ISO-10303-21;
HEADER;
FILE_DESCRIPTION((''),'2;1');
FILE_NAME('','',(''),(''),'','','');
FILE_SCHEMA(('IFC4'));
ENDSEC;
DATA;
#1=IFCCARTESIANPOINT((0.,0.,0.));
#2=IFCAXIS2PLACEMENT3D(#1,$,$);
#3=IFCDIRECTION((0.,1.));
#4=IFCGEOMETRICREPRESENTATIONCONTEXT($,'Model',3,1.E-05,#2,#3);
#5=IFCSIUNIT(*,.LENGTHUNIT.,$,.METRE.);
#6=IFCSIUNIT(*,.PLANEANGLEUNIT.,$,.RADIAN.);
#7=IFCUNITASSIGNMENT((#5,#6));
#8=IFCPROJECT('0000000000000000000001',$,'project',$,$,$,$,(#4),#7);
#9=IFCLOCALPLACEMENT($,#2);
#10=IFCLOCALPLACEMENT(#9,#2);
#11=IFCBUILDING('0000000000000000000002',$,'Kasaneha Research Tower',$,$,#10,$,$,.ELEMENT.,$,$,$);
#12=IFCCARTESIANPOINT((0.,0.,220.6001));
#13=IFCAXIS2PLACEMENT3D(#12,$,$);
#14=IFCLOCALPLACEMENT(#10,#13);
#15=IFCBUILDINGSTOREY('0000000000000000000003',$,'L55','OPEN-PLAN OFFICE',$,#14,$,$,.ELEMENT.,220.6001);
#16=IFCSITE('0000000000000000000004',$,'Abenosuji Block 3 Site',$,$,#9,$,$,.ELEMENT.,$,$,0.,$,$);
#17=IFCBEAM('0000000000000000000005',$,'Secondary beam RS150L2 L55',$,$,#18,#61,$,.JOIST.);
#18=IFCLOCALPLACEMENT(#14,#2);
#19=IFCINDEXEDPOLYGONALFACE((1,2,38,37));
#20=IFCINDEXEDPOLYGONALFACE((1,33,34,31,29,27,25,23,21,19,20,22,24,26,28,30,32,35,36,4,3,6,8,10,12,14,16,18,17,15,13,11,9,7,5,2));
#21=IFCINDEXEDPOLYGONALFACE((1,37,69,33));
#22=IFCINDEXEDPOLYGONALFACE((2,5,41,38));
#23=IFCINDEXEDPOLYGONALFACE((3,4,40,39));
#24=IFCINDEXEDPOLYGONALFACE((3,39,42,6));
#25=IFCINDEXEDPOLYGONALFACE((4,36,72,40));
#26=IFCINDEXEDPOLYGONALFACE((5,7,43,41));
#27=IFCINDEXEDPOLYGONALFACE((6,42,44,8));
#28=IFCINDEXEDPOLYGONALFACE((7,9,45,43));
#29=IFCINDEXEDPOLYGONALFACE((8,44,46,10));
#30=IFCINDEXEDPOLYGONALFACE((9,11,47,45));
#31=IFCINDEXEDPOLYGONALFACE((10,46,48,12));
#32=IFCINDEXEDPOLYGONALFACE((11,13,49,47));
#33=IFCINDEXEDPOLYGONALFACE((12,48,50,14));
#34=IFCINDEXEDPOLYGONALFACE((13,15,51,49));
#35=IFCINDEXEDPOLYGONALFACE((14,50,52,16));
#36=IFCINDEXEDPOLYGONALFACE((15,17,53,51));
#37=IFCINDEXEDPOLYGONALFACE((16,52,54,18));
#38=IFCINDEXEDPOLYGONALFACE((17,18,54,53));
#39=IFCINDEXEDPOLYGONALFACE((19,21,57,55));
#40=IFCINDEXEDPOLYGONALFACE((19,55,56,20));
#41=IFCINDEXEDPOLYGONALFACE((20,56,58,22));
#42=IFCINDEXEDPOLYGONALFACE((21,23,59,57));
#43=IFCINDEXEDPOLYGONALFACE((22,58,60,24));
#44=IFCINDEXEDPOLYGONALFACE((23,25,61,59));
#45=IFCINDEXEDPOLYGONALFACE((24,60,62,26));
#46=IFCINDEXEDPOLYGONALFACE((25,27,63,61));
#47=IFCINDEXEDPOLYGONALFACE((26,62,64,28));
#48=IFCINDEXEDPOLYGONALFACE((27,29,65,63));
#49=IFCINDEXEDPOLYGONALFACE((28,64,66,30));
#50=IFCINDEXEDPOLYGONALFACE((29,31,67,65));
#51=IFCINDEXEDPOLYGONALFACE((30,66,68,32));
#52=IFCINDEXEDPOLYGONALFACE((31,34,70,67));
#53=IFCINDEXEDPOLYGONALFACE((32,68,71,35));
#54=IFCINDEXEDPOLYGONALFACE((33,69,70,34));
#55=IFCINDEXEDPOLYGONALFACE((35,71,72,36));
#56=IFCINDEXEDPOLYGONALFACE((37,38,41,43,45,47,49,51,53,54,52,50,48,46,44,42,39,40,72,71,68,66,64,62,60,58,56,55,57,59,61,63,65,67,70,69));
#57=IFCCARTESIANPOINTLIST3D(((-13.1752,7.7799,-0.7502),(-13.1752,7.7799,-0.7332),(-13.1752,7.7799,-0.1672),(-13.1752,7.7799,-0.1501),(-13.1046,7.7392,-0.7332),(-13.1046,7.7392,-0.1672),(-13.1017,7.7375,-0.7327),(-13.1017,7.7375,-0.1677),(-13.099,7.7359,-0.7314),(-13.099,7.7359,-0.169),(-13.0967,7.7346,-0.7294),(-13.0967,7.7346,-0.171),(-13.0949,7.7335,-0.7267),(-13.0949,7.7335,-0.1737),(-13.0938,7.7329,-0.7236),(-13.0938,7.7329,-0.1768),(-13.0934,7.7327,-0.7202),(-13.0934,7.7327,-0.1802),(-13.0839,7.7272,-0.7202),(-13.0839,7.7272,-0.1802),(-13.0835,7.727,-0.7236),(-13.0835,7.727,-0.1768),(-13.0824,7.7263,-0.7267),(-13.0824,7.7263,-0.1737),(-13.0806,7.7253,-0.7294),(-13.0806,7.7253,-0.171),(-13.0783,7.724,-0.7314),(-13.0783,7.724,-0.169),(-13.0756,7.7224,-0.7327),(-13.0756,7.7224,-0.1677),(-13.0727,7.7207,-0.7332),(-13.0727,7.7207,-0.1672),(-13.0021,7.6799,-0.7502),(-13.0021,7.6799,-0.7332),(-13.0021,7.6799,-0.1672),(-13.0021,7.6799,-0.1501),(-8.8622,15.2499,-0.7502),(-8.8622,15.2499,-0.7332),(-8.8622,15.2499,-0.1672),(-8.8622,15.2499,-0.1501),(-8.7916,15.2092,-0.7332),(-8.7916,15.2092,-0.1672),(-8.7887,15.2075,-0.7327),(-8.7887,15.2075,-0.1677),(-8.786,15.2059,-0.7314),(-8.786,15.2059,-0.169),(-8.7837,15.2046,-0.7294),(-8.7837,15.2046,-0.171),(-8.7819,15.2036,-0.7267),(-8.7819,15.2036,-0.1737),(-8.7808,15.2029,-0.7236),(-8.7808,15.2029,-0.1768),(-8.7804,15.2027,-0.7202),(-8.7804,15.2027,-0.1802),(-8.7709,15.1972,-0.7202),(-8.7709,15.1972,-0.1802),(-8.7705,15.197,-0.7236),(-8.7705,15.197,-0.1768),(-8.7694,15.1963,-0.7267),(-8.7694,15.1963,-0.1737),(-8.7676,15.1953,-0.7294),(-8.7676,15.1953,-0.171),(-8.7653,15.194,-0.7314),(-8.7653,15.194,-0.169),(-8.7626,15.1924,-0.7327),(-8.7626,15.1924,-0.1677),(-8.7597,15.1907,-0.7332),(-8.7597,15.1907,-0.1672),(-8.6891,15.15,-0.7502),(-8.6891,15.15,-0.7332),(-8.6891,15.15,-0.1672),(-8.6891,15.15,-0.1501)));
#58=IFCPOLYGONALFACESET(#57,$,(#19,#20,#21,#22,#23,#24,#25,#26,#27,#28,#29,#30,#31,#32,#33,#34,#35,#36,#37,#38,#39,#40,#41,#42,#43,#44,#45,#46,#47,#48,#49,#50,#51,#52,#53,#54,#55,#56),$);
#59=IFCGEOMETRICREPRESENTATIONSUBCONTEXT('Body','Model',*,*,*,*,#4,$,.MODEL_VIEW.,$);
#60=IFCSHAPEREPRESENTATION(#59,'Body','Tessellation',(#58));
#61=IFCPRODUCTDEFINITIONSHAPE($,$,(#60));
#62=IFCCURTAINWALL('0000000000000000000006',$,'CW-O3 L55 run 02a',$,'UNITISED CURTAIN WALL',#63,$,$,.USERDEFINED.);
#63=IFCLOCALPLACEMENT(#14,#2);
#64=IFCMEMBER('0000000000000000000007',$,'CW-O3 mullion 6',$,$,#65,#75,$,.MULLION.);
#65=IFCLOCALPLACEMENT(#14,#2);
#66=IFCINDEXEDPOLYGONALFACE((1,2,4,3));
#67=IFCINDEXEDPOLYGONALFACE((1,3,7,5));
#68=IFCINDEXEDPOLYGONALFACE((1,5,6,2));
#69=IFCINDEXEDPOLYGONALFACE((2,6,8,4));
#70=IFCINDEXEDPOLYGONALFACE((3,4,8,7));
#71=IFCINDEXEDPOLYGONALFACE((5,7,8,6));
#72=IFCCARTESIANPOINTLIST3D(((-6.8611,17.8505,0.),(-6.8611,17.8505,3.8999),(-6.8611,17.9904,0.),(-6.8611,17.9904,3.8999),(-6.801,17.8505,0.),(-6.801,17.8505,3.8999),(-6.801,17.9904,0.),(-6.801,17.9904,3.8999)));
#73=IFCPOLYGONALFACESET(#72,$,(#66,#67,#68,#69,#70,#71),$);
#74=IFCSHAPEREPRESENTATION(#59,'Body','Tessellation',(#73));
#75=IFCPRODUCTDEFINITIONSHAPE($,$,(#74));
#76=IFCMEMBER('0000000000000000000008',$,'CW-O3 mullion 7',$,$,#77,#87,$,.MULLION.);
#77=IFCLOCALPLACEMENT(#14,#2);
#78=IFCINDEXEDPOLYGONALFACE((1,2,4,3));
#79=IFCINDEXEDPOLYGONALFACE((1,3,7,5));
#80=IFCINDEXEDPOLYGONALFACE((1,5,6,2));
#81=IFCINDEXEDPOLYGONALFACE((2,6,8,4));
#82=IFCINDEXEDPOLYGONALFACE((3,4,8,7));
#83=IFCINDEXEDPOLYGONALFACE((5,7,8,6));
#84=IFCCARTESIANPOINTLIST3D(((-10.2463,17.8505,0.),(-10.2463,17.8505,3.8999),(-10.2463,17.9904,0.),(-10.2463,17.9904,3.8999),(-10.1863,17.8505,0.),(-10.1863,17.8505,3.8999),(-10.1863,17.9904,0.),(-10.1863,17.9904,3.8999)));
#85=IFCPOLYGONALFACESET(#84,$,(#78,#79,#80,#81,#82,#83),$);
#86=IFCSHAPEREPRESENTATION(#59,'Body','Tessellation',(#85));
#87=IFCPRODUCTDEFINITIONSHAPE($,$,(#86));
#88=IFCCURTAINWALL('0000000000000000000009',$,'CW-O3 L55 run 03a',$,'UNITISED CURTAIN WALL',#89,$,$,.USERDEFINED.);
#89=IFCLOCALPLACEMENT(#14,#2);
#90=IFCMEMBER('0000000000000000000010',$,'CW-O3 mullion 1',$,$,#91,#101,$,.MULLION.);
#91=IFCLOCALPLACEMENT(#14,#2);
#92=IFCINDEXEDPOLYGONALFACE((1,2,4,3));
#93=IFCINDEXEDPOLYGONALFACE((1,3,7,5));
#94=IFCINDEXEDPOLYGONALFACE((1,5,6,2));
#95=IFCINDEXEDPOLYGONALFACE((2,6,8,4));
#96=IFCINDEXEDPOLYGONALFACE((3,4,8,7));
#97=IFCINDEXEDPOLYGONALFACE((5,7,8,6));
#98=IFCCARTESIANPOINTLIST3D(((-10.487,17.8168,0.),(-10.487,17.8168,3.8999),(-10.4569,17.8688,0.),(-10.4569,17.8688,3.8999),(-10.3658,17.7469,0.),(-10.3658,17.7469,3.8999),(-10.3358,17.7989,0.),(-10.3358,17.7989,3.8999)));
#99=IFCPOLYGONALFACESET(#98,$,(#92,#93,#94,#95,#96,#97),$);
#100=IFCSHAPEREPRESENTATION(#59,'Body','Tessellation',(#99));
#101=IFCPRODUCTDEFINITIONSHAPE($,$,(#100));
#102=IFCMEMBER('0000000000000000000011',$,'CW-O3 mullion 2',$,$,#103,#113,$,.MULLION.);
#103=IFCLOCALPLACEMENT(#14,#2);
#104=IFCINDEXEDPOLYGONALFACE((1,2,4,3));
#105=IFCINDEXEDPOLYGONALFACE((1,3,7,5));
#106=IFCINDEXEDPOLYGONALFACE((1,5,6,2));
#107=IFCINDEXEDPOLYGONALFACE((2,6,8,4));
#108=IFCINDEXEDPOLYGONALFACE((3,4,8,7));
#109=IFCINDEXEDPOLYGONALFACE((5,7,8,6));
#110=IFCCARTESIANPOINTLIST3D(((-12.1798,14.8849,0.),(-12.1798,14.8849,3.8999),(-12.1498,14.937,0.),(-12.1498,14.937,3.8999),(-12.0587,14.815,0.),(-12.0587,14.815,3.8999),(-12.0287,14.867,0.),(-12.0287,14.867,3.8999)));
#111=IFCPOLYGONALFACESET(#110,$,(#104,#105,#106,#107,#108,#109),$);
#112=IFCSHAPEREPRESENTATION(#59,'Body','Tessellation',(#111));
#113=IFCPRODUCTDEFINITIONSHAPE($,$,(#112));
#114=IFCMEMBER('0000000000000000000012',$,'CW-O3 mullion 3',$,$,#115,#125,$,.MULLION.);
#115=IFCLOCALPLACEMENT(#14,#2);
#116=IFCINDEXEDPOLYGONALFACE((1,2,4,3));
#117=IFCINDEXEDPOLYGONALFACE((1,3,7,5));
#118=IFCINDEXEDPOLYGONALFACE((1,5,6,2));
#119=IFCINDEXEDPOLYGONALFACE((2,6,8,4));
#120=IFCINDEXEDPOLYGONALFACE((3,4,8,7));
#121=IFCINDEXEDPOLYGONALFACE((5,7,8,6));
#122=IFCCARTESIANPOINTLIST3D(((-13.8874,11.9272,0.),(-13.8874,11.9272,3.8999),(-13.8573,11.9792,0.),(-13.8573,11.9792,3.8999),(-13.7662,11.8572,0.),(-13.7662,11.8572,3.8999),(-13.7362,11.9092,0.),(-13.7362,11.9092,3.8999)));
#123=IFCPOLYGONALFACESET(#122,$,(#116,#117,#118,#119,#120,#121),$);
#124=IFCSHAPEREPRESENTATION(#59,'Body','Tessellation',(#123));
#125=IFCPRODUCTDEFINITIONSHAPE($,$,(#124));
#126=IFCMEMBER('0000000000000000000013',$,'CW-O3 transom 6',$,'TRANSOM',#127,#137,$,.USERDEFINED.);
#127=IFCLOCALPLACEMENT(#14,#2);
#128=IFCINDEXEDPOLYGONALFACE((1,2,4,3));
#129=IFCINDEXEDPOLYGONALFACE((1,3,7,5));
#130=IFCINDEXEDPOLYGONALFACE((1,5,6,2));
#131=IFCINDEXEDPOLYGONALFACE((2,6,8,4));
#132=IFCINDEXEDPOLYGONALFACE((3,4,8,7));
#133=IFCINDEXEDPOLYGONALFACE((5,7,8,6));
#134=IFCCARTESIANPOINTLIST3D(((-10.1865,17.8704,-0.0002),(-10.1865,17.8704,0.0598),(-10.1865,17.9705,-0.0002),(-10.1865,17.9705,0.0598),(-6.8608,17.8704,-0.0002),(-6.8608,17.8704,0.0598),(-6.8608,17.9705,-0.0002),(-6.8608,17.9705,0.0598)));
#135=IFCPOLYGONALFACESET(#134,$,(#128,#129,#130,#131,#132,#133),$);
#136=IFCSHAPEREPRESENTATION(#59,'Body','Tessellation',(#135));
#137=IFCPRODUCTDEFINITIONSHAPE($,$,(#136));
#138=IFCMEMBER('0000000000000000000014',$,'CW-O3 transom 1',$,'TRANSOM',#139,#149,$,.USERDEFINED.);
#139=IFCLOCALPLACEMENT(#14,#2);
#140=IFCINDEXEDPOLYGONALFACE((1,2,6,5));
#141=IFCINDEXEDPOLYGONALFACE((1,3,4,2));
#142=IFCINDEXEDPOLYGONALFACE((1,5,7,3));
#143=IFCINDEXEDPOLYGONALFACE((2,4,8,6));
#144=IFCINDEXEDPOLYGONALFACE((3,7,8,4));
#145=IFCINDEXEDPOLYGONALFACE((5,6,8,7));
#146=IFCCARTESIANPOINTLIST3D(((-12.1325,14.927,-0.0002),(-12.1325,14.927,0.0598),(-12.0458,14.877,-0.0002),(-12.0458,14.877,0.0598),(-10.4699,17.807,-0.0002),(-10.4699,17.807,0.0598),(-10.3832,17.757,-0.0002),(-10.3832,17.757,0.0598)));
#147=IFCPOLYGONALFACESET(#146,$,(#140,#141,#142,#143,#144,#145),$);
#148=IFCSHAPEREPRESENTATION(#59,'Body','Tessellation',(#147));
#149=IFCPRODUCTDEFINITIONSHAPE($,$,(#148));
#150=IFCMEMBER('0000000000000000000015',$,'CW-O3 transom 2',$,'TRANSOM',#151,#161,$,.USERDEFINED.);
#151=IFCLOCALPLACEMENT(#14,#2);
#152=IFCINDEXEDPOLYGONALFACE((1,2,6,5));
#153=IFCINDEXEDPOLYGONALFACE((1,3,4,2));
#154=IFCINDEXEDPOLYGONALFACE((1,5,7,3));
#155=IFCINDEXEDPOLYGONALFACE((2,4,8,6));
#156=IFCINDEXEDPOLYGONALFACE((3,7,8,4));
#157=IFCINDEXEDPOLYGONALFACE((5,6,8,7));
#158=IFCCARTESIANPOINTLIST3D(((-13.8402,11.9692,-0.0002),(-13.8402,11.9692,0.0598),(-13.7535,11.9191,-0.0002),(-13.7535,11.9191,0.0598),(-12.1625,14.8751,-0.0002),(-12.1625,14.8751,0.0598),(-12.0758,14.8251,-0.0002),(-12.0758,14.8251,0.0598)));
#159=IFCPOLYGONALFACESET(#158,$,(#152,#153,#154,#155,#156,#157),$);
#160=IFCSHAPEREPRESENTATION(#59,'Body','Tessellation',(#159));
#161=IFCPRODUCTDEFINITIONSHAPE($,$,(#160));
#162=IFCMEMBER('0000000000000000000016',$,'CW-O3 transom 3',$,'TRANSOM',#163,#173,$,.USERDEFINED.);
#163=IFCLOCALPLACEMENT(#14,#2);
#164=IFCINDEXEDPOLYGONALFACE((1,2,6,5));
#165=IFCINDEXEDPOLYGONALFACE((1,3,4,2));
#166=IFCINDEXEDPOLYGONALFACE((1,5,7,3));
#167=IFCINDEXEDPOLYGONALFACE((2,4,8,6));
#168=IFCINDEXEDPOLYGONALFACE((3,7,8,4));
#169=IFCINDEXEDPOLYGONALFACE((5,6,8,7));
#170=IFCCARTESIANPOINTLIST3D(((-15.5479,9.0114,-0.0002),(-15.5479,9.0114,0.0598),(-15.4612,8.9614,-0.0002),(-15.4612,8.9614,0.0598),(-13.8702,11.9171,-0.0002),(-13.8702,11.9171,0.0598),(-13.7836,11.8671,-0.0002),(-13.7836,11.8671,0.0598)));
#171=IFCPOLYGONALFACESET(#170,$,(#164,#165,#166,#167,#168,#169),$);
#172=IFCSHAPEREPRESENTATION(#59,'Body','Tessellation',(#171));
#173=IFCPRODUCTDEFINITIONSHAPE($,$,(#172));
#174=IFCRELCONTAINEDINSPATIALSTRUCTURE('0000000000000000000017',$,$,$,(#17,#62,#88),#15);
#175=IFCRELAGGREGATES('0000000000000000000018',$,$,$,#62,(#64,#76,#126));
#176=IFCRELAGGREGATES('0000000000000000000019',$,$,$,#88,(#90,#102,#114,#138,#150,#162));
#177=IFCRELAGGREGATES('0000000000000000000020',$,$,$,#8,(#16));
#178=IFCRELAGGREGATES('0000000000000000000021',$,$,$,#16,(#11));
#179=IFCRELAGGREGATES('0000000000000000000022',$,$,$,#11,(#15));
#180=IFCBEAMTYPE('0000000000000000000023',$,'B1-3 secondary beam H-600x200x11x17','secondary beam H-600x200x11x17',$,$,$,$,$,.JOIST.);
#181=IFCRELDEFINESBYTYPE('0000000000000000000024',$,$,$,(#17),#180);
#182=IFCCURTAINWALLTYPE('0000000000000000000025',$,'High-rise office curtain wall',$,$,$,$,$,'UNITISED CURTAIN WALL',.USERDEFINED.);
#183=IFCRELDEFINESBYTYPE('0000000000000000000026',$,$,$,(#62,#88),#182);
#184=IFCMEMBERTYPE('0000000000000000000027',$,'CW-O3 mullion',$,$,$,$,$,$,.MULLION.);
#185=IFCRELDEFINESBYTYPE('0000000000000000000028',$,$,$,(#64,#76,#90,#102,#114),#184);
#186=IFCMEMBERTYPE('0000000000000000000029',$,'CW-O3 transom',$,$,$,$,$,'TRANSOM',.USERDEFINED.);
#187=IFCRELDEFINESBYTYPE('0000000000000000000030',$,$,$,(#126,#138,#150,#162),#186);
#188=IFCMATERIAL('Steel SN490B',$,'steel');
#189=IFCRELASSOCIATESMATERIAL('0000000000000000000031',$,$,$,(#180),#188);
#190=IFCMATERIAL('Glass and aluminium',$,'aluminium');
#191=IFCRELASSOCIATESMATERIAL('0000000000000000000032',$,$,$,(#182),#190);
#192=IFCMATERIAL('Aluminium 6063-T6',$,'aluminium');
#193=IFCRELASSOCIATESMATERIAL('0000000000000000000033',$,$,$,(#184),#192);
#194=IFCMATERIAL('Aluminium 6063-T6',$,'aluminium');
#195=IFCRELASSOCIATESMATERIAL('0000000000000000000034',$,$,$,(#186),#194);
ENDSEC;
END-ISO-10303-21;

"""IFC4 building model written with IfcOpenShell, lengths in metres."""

from ifc_helpers import new_model, si_unit, direction, frame, origin, origin_2d, place, context, subcontext, project, spatial, rectangle, i_section, extrude, material, material_profile, profile_set, type_object, element, aggregate, save


model = new_model("IFC4")

# Units and contexts
model_context = context("Model", 3, precision=1e-05, world=origin(), true_north=direction((0.0, 1.0)))
body_context = subcontext(model_context, "Body", "Model", "MODEL_VIEW")
ifc_project = project(units=[si_unit("LENGTHUNIT", "METRE"), si_unit("PLANEANGLEUNIT", "RADIAN")], contexts=[model_context])

# Site, building, storey
site_placement = place(None, origin())
site = spatial("IfcSite", under=ifc_project, at=site_placement, Name="Abenosuji Block 3 Site", CompositionType="ELEMENT", RefElevation=0.0)
building_placement = place(site_placement, origin())
building = spatial("IfcBuilding", under=site, at=building_placement, Name="Kasaneha Research Tower", CompositionType="ELEMENT")
storey_placement = place(building_placement, frame((0.0, 0.0, 220.6001)))
storey = spatial("IfcBuildingStorey", under=building, at=storey_placement, Name="L55", Description="OPEN-PLAN OFFICE", CompositionType="ELEMENT", Elevation=220.6001)

# Beam
ifc_material_1 = material(Name="Steel SN490B", Category="steel")
ifc_material_profile_1 = material_profile(ifc_material_1, i_section(OverallWidth=0.2, OverallDepth=0.6001, WebThickness=0.011, FlangeThickness=0.0171, FilletRadius=0.0129, at=origin_2d()), Name="H-600x200x11x17")
ifc_profile_set_1 = profile_set([ifc_material_profile_1], Name="Steel SN490B")
beam_type_1 = type_object("IfcBeamType", Name="B1-3 secondary beam H-600x200x11x17", Description="secondary beam H-600x200x11x17", PredefinedType="JOIST", material=ifc_profile_set_1)
beam_1_placement = place(storey_placement, frame((-8.7756, 15.2, -0.4502), z_axis=(-0.500017, -0.866015, 0.0), x_axis=(0.866015, -0.500017, 0.0)))
element("IfcBeam", 1, at=beam_1_placement, inside=storey, type_object=beam_type_1, Name="Secondary beam RS150L2 L55", PredefinedType="JOIST", context=body_context, shape_type="SweptSolid", body=[
    extrude(i_section(OverallWidth=0.2, OverallDepth=0.6001, WebThickness=0.011, FlangeThickness=0.0171, FilletRadius=0.0129, at=origin_2d()), origin(), (0.0, 0.0, 1.0), 8.6257),
])

# Curtain walls, members
ifc_material_2 = material(Name="Glass and aluminium", Category="aluminium")
curtain_wall_type = type_object("IfcCurtainWallType", Name="High-rise office curtain wall", ElementType="UNITISED CURTAIN WALL", PredefinedType="USERDEFINED", material=ifc_material_2)
curtain_wall_1_placement = place(storey_placement, origin())
curtain_wall_1 = element("IfcCurtainWall", 2, at=curtain_wall_1_placement, inside=storey, type_object=curtain_wall_type, Name="CW-O3 L55 run 02a", ObjectType="UNITISED CURTAIN WALL", PredefinedType="USERDEFINED")
ifc_material_3 = material(Name="Aluminium 6063-T6", Category="aluminium")
ifc_material_profile_2 = material_profile(ifc_material_3, rectangle(XDim=0.0601, YDim=0.1399, at=origin_2d()), Name="CW-O3 mullion 60x140")
ifc_profile_set_2 = profile_set([ifc_material_profile_2], Name="Aluminium 6063-T6")
member_type_1 = type_object("IfcMemberType", Name="CW-O3 mullion", PredefinedType="MULLION", material=ifc_profile_set_2)
member_1_placement = place(storey_placement, frame((-6.8311, 17.9204, 0.0), z_axis=(0.0, 0.0, 1.0), x_axis=(-1.0, 0.0, 0.0)))
member_1 = element("IfcMember", 3, at=member_1_placement, type_object=member_type_1, Name="CW-O3 mullion 6", PredefinedType="MULLION", context=body_context, shape_type="SweptSolid", body=[
    extrude(rectangle(XDim=0.0601, YDim=0.1399, at=origin_2d()), origin(), (0.0, 0.0, 1.0), 3.8999),
])
member_2_placement = place(storey_placement, frame((-10.2163, 17.9204, 0.0), z_axis=(0.0, 0.0, 1.0), x_axis=(-1.0, 0.0, 0.0)))
member_2 = element("IfcMember", 4, at=member_2_placement, type_object=member_type_1, Name="CW-O3 mullion 7", PredefinedType="MULLION", context=body_context, shape_type="SweptSolid", body=[
    extrude(rectangle(XDim=0.0601, YDim=0.1399, at=origin_2d()), origin(), (0.0, 0.0, 1.0), 3.8999),
])
curtain_wall_2_placement = place(storey_placement, origin())
curtain_wall_2 = element("IfcCurtainWall", 5, at=curtain_wall_2_placement, inside=storey, type_object=curtain_wall_type, Name="CW-O3 L55 run 03a", ObjectType="UNITISED CURTAIN WALL", PredefinedType="USERDEFINED")
member_3_placement = place(storey_placement, frame((-10.4114, 17.8079, 0.0), z_axis=(0.0, 0.0, 1.0), x_axis=(-0.5, -0.866025, 0.0)))
member_3 = element("IfcMember", 6, at=member_3_placement, type_object=member_type_1, Name="CW-O3 mullion 1", PredefinedType="MULLION", context=body_context, shape_type="SweptSolid", body=[
    extrude(rectangle(XDim=0.0601, YDim=0.1399, at=origin_2d()), origin(), (0.0, 0.0, 1.0), 3.8999),
])
member_4_placement = place(storey_placement, frame((-12.1042, 14.876, 0.0), z_axis=(0.0, 0.0, 1.0), x_axis=(-0.5, -0.866025, 0.0)))
member_4 = element("IfcMember", 7, at=member_4_placement, type_object=member_type_1, Name="CW-O3 mullion 2", PredefinedType="MULLION", context=body_context, shape_type="SweptSolid", body=[
    extrude(rectangle(XDim=0.0601, YDim=0.1399, at=origin_2d()), origin(), (0.0, 0.0, 1.0), 3.8999),
])
member_5_placement = place(storey_placement, frame((-13.8118, 11.9182, 0.0), z_axis=(0.0, 0.0, 1.0), x_axis=(-0.5, -0.866025, 0.0)))
member_5 = element("IfcMember", 8, at=member_5_placement, type_object=member_type_1, Name="CW-O3 mullion 3", PredefinedType="MULLION", context=body_context, shape_type="SweptSolid", body=[
    extrude(rectangle(XDim=0.0601, YDim=0.1399, at=origin_2d()), origin(), (0.0, 0.0, 1.0), 3.8999),
])

# Members
ifc_material_4 = material(Name="Aluminium 6063-T6", Category="aluminium")
ifc_material_profile_3 = material_profile(ifc_material_4, rectangle(XDim=0.1001, YDim=0.0601, at=origin_2d()), Name="CW-O3 transom 100x60")
ifc_profile_set_3 = profile_set([ifc_material_profile_3], Name="Aluminium 6063-T6")
member_type_2 = type_object("IfcMemberType", Name="CW-O3 transom", ElementType="TRANSOM", PredefinedType="USERDEFINED", material=ifc_profile_set_3)
member_6_placement = place(storey_placement, frame((-6.8608, 17.9204, 0.0298), z_axis=(-1.0, 0.0, 0.0), x_axis=(0.0, -1.0, 0.0)))
member_6 = element("IfcMember", 9, at=member_6_placement, type_object=member_type_2, Name="CW-O3 transom 6", ObjectType="TRANSOM", PredefinedType="USERDEFINED", context=body_context, shape_type="SweptSolid", body=[
    extrude(rectangle(XDim=0.1001, YDim=0.0601, at=origin_2d()), origin(), (0.0, 0.0, 1.0), 3.3257),
])
member_7_placement = place(storey_placement, frame((-10.4265, 17.782, 0.0298), z_axis=(-0.499977, -0.866039, 0.0), x_axis=(0.866039, -0.499977, 0.0)))
member_7 = element("IfcMember", 10, at=member_7_placement, type_object=member_type_2, Name="CW-O3 transom 1", ObjectType="TRANSOM", PredefinedType="USERDEFINED", context=body_context, shape_type="SweptSolid", body=[
    extrude(rectangle(XDim=0.1001, YDim=0.0601, at=origin_2d()), origin(), (0.0, 0.0, 1.0), 3.3254),
])
member_8_placement = place(storey_placement, frame((-12.1191, 14.8501, 0.0298), z_axis=(-0.499989, -0.866032, 0.0), x_axis=(0.866032, -0.499989, 0.0)))
member_8 = element("IfcMember", 11, at=member_8_placement, type_object=member_type_2, Name="CW-O3 transom 2", ObjectType="TRANSOM", PredefinedType="USERDEFINED", context=body_context, shape_type="SweptSolid", body=[
    extrude(rectangle(XDim=0.1001, YDim=0.0601, at=origin_2d()), origin(), (0.0, 0.0, 1.0), 3.3555),
])
member_9_placement = place(storey_placement, frame((-13.8269, 11.8921, 0.0298), z_axis=(-0.500021, -0.866014, 0.0), x_axis=(0.866014, -0.500021, 0.0)))
member_9 = element("IfcMember", 12, at=member_9_placement, type_object=member_type_2, Name="CW-O3 transom 3", ObjectType="TRANSOM", PredefinedType="USERDEFINED", context=body_context, shape_type="SweptSolid", body=[
    extrude(rectangle(XDim=0.1001, YDim=0.0601, at=origin_2d()), origin(), (0.0, 0.0, 1.0), 3.3552),
])

aggregate(curtain_wall_1, [member_1, member_2, member_6])
aggregate(curtain_wall_2, [member_3, member_4, member_5, member_7, member_8, member_9])

save(model, "model.ifc")
